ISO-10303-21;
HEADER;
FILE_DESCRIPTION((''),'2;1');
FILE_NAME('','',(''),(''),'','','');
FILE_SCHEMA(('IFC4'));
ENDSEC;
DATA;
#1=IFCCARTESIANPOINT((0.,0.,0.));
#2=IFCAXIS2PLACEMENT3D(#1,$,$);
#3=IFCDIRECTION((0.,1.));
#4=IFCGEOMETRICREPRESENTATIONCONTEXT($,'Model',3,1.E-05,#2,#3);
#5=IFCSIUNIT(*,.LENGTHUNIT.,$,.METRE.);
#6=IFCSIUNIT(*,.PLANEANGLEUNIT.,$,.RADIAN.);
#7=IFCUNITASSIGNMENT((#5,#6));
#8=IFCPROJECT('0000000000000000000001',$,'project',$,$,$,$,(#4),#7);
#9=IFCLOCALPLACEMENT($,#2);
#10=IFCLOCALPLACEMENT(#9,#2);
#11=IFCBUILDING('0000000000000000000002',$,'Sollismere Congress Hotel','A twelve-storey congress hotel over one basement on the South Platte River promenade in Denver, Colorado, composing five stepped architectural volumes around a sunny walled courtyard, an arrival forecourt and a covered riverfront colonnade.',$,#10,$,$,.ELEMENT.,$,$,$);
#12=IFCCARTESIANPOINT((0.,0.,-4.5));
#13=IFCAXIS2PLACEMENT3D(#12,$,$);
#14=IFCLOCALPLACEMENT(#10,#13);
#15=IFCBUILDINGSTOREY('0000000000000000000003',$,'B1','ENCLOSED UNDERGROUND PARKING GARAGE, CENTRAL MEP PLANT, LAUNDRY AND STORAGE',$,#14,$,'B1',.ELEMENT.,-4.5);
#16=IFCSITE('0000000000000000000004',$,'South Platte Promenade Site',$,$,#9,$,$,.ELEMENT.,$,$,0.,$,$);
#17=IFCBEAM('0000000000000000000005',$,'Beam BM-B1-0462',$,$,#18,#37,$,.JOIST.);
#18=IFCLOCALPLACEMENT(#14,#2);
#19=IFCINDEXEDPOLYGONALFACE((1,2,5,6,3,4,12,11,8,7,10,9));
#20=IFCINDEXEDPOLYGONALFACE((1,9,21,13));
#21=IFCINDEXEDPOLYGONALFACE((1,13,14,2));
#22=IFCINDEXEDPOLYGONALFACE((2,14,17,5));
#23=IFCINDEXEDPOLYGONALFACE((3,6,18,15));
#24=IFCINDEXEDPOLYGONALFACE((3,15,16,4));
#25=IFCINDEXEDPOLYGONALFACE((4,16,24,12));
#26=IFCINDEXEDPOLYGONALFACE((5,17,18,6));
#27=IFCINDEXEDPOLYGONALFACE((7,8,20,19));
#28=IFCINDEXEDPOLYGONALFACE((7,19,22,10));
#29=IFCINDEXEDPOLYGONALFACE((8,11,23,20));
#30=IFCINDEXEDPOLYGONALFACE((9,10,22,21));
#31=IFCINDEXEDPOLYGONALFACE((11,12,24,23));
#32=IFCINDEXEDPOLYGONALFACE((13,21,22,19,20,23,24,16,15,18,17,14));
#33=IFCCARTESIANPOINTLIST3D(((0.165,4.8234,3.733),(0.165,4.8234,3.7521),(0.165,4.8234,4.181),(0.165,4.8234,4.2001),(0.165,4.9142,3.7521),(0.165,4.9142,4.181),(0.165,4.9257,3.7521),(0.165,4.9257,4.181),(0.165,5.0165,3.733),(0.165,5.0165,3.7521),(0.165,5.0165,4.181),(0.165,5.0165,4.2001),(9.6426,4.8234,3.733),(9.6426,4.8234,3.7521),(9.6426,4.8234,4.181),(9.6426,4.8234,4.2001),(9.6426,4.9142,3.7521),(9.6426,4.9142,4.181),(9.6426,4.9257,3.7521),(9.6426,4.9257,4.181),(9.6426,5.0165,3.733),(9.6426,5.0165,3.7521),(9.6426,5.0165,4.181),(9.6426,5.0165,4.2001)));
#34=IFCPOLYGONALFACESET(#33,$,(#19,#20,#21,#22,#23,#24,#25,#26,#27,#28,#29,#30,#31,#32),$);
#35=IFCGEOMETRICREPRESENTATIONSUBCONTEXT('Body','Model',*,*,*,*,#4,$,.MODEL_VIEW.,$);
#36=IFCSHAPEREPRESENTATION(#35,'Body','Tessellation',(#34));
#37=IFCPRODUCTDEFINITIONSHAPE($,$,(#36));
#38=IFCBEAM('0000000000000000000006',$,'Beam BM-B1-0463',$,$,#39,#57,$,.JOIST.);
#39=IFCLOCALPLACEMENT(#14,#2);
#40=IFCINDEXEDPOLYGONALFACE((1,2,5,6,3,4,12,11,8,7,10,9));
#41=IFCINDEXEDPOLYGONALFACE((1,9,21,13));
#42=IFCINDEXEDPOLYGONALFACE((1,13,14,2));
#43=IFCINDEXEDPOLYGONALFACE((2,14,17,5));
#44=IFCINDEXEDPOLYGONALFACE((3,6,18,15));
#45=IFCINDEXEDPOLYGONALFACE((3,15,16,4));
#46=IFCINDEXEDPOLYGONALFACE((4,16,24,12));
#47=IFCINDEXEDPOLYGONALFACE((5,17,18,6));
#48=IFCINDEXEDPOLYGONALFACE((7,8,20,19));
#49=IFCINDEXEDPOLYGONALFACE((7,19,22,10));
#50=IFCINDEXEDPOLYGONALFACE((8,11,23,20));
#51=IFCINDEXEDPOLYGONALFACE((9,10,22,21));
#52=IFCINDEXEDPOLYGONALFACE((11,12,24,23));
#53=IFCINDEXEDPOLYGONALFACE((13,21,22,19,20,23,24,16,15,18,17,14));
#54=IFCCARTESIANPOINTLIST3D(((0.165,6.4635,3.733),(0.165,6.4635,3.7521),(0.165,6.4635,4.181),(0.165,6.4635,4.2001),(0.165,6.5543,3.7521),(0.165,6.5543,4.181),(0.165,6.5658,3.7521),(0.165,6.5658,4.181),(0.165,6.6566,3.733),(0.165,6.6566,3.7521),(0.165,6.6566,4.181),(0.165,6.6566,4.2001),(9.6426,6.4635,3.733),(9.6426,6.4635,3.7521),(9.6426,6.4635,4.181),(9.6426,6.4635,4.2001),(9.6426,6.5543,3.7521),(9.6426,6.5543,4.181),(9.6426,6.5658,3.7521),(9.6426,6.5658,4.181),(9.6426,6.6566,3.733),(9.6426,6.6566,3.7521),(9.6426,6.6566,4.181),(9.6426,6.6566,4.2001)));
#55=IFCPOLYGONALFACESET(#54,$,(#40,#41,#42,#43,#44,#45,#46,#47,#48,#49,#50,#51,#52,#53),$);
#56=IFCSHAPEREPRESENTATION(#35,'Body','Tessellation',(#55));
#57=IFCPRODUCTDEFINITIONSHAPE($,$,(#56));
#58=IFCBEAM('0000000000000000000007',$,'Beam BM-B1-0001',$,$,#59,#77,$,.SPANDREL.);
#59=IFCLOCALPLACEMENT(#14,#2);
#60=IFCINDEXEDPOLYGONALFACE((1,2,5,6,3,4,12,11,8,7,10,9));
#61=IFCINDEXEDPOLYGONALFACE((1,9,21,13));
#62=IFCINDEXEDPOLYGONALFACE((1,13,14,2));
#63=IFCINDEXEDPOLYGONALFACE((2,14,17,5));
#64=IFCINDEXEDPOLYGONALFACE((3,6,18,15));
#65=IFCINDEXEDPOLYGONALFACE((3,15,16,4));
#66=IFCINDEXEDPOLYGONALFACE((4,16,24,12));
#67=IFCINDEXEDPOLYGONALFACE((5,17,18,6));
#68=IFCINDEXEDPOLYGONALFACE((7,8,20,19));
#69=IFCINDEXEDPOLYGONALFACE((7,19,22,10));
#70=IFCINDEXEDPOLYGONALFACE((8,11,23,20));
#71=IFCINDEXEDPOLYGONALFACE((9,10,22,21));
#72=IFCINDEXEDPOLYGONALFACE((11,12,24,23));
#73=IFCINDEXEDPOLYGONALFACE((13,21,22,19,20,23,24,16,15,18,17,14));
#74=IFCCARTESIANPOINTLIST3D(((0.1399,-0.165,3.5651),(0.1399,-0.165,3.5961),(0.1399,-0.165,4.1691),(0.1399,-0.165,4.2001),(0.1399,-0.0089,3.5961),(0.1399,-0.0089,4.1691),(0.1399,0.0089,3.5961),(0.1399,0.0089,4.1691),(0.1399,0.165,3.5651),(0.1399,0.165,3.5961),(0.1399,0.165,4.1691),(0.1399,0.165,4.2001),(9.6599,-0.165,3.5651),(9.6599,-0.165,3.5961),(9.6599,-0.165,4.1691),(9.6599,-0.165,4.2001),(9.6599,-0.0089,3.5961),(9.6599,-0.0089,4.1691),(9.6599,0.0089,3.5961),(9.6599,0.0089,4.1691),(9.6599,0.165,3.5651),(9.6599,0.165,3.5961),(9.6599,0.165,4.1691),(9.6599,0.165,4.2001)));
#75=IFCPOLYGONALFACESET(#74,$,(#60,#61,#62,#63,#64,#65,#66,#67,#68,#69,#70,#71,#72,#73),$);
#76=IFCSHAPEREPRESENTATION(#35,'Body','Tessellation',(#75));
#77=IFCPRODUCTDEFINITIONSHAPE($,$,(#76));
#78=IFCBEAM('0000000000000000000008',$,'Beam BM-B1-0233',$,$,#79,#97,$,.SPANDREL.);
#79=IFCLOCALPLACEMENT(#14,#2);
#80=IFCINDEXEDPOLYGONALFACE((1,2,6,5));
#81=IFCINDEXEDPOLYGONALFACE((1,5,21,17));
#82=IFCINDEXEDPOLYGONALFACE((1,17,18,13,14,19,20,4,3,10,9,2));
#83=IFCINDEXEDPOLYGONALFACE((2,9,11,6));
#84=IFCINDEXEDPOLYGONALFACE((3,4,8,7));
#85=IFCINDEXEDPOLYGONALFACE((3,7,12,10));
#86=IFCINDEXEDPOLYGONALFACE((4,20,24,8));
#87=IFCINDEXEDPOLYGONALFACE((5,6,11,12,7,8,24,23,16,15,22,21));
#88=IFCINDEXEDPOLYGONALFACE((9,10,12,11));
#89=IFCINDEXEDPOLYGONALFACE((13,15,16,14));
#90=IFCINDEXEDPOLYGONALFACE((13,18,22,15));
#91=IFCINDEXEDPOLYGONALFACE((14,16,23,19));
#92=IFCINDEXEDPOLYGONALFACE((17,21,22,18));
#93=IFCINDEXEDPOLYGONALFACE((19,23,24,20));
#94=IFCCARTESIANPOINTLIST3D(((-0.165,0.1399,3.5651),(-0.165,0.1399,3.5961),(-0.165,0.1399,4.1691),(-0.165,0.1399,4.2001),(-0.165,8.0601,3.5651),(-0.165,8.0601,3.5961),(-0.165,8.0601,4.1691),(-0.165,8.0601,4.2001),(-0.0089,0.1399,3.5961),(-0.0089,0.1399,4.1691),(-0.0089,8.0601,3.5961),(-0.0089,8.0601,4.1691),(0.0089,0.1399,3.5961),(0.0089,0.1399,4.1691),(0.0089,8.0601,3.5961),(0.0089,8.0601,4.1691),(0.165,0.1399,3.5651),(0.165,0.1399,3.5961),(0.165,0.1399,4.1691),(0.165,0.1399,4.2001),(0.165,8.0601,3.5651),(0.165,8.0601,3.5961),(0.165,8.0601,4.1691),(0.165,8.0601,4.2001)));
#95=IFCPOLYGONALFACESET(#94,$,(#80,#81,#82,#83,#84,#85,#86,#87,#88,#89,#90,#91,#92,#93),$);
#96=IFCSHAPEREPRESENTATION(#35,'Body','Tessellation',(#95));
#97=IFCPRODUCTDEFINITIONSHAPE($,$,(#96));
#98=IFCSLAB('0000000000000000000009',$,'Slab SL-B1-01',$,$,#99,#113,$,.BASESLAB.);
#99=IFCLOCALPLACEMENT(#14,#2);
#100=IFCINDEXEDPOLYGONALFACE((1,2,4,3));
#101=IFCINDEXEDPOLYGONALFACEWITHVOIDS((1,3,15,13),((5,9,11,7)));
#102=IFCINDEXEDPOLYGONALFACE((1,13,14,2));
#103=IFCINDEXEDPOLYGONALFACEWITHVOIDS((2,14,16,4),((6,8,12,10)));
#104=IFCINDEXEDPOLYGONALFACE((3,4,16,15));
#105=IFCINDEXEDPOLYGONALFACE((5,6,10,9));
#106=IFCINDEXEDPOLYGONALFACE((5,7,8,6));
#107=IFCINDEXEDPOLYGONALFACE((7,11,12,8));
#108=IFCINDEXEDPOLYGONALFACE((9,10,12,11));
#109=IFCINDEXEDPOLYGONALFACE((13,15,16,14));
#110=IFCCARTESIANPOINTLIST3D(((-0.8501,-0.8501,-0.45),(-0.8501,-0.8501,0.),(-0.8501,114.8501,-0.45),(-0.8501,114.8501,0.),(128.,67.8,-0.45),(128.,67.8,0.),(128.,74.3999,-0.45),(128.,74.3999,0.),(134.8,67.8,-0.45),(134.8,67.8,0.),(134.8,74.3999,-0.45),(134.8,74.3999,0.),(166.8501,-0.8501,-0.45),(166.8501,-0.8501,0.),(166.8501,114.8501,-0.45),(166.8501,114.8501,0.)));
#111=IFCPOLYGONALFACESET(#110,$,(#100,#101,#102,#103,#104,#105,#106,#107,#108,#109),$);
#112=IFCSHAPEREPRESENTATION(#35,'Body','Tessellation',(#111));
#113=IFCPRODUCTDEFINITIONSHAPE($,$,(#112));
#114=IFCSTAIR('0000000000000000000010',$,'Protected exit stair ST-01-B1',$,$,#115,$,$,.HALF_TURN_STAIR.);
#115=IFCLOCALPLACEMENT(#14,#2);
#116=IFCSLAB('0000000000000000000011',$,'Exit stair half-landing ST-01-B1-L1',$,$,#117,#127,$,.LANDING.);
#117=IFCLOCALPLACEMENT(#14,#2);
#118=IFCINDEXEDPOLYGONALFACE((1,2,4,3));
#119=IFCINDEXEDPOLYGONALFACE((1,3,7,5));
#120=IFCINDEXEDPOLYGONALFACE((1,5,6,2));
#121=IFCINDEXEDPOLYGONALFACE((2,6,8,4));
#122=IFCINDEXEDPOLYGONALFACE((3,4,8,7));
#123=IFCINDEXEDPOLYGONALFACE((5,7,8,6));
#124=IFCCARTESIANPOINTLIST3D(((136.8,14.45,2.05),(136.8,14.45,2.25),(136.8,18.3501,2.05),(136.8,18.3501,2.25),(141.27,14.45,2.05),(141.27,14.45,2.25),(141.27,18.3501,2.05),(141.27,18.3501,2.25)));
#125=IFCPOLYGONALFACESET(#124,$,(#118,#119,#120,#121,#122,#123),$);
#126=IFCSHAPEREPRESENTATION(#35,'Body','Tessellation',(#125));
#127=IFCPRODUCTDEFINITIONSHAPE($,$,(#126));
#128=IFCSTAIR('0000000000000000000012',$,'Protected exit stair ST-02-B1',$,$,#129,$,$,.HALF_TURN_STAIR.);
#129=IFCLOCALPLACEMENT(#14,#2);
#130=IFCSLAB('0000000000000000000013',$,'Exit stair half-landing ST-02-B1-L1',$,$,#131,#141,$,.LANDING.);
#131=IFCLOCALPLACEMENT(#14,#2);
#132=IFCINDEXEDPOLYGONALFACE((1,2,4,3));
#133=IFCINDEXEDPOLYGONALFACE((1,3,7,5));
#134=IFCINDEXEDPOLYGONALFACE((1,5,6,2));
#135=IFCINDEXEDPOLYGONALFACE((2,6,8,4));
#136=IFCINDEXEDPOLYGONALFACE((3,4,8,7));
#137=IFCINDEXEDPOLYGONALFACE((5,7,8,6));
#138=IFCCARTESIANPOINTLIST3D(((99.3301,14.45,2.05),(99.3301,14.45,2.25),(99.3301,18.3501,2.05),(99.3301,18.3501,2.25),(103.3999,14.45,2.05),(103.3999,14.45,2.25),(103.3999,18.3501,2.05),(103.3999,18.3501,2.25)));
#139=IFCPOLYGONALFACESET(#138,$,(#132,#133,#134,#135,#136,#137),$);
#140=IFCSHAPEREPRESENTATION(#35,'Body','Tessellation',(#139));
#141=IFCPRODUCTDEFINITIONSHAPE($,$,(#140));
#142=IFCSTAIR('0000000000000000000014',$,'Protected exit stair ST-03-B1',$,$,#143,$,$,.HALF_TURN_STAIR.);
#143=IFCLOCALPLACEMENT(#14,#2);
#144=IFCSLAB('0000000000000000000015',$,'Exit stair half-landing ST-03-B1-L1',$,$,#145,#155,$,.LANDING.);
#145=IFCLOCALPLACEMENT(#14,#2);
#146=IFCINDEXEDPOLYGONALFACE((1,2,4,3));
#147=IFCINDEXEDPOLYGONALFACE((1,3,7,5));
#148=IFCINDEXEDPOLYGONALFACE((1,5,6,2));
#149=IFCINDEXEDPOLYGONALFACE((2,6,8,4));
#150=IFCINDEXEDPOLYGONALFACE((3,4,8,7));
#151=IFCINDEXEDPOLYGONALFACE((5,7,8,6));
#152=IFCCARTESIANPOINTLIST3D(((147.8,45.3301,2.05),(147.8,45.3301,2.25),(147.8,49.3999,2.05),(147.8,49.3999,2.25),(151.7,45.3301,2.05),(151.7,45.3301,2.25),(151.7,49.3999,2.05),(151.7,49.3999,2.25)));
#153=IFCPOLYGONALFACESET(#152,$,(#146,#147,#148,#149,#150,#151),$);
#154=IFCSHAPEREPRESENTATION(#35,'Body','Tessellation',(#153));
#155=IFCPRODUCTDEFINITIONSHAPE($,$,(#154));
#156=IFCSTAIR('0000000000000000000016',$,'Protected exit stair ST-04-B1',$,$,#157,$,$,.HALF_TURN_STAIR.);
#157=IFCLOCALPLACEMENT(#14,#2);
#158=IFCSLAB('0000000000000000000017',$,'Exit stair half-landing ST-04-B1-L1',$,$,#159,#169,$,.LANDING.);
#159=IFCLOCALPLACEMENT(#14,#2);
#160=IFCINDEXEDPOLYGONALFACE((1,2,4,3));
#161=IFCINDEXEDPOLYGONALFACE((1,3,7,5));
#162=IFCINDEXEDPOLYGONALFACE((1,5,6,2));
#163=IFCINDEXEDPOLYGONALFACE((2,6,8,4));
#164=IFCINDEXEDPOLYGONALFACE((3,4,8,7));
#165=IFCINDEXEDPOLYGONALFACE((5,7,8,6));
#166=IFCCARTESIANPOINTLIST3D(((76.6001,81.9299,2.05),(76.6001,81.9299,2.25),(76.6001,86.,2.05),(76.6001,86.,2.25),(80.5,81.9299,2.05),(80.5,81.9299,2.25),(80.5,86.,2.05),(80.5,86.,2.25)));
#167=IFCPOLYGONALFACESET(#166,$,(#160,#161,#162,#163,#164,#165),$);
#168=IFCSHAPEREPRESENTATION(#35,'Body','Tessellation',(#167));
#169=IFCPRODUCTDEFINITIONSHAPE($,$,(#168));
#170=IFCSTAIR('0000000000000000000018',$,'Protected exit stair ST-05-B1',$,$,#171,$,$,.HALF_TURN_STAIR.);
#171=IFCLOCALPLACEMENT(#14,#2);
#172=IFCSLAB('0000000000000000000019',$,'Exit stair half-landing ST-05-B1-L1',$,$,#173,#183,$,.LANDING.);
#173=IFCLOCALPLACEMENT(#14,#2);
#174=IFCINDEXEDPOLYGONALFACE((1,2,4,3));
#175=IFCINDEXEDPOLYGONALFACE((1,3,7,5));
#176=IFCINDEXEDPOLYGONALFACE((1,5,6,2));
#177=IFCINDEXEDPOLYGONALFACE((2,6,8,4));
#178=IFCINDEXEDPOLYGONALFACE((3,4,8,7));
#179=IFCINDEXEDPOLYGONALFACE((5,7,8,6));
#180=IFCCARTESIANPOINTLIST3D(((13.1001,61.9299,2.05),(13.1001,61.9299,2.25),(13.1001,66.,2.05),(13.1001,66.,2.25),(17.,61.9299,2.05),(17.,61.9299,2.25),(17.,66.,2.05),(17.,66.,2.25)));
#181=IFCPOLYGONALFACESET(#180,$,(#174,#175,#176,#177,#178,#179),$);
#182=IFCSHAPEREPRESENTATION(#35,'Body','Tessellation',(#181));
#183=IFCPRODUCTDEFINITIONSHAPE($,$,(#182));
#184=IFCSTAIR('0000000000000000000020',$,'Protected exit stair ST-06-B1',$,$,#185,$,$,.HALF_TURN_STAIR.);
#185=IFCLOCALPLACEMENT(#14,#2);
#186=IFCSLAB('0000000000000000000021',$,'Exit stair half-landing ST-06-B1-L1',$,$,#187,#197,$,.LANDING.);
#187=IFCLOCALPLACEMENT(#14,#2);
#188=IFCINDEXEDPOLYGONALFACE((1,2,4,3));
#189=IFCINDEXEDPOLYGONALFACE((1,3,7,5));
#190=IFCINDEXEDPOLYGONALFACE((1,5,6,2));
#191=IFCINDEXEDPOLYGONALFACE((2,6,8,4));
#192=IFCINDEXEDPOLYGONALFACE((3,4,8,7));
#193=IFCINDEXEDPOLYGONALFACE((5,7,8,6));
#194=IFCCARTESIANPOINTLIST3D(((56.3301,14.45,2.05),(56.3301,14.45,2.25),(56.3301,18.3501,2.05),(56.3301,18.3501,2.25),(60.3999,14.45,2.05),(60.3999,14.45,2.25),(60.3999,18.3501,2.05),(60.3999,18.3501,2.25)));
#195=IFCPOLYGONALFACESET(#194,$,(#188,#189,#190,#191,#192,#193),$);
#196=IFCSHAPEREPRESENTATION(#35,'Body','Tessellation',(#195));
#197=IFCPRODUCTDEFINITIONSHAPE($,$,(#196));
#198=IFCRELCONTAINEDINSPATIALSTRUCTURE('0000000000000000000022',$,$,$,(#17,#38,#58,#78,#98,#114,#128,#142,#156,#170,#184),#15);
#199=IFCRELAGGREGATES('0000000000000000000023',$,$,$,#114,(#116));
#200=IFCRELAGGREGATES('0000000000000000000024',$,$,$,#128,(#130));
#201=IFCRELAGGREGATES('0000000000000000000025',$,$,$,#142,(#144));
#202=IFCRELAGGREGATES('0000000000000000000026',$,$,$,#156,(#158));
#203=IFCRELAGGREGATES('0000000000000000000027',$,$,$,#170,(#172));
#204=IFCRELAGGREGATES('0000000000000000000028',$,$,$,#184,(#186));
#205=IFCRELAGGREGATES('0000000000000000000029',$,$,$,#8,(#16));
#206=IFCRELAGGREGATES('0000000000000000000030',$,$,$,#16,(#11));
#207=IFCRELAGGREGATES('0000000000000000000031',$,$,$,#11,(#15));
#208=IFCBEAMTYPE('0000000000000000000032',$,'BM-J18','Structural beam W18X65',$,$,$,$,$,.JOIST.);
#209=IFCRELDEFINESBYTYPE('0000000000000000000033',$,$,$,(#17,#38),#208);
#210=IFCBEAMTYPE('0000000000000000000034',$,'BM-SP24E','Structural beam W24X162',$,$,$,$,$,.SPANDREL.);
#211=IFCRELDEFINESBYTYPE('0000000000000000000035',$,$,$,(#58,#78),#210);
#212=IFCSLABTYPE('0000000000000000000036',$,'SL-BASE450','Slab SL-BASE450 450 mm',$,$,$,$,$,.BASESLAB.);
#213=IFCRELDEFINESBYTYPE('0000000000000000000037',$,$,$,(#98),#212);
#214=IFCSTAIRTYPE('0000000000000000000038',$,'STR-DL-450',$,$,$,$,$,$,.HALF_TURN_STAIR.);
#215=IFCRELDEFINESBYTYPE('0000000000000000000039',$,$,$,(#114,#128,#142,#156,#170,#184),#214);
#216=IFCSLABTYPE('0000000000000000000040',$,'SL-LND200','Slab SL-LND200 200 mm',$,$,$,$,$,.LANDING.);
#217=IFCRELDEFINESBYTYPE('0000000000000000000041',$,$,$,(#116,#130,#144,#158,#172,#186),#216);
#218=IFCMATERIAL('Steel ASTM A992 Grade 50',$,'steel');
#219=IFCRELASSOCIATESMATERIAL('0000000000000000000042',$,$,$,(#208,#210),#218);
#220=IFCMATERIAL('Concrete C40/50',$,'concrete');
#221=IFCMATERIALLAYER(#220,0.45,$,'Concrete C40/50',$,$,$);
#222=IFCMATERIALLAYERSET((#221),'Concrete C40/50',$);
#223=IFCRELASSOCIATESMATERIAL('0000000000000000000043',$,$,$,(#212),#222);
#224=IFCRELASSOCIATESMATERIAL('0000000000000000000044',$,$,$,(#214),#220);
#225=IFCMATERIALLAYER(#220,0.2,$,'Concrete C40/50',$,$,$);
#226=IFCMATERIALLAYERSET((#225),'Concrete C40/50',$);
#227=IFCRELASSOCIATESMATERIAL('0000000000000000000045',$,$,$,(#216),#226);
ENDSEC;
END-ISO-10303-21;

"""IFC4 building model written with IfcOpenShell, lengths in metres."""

from ifc_helpers import new_model, si_unit, direction, frame, origin, origin_2d, place, context, subcontext, project, spatial, polyline, i_section, outline, extrude, material, layer, layer_set, material_profile, profile_set, type_object, element, aggregate, save


model = new_model("IFC4")

# Units and contexts
model_context = context("Model", 3, precision=1e-05, world=origin(), true_north=direction((0.0, 1.0)))
body_context = subcontext(model_context, "Body", "Model", "MODEL_VIEW")
ifc_project = project(units=[si_unit("LENGTHUNIT", "METRE"), si_unit("PLANEANGLEUNIT", "RADIAN")], contexts=[model_context])

# Site, building, storey
site_placement = place(None, origin())
site = spatial("IfcSite", under=ifc_project, at=site_placement, Name="South Platte Promenade Site", CompositionType="ELEMENT", RefElevation=0.0)
building_placement = place(site_placement, origin())
building = spatial("IfcBuilding", under=site, at=building_placement, Name="Sollismere Congress Hotel", Description="A twelve-storey congress hotel over one basement on the South Platte River promenade in Denver, Colorado, composing five stepped architectural volumes around a sunny walled courtyard, an arrival forecourt and a covered riverfront colonnade.", CompositionType="ELEMENT")
storey_placement = place(building_placement, frame((0.0, 0.0, -4.5)))
storey = spatial("IfcBuildingStorey", under=building, at=storey_placement, Name="B1", Description="ENCLOSED UNDERGROUND PARKING GARAGE, CENTRAL MEP PLANT, LAUNDRY AND STORAGE", LongName="B1", CompositionType="ELEMENT", Elevation=-4.5)

# Shared definitions
ifc_material_1 = material(Name="Concrete C40/50", Category="concrete")

# Beams
ifc_material_2 = material(Name="Steel ASTM A992 Grade 50", Category="steel")
ifc_material_profile_1 = material_profile(ifc_material_2, i_section(OverallWidth=0.1931, OverallDepth=0.467, WebThickness=0.0115, FlangeThickness=0.019, at=origin_2d()), Name="W18X65")
ifc_profile_set_1 = profile_set([ifc_material_profile_1], Name="Steel ASTM A992 Grade 50")
beam_type_1 = type_object("IfcBeamType", Name="BM-J18", Description="Structural beam W18X65", PredefinedType="JOIST", material=ifc_profile_set_1)
for number, where, z_axis, x_axis, name in (
    (1, (0.165, 4.9199, 3.9666), (1.0, 0.0, 0.0), (0.0, 1.0, 0.0), "Beam BM-B1-0462"),
    (2, (0.165, 6.5601, 3.9666), (1.0, 0.0, 0.0), (0.0, 1.0, 0.0), "Beam BM-B1-0463"),
):
    element("IfcBeam", number, at=place(storey_placement, frame(where, z_axis=z_axis, x_axis=x_axis)), inside=storey, type_object=beam_type_1, Name=name, PredefinedType="JOIST", context=body_context, shape_type="SweptSolid", body=[
        extrude(i_section(OverallWidth=0.1931, OverallDepth=0.467, WebThickness=0.0115, FlangeThickness=0.019, at=origin_2d()), origin(), (0.0, 0.0, 1.0), 9.4775),
    ])
ifc_material_profile_2 = material_profile(ifc_material_2, i_section(OverallWidth=0.3301, OverallDepth=0.635, WebThickness=0.0178, FlangeThickness=0.031, at=origin_2d()), Name="W24X162")
ifc_profile_set_2 = profile_set([ifc_material_profile_2], Name="Steel ASTM A992 Grade 50")
beam_type_2 = type_object("IfcBeamType", Name="BM-SP24E", Description="Structural beam W24X162", PredefinedType="SPANDREL", material=ifc_profile_set_2)
beam_1_placement = place(storey_placement, frame((0.1399, 0.0, 3.8826), z_axis=(1.0, 0.0, 0.0), x_axis=(0.0, 1.0, 0.0)))
element("IfcBeam", 3, at=beam_1_placement, inside=storey, type_object=beam_type_2, Name="Beam BM-B1-0001", PredefinedType="SPANDREL", context=body_context, shape_type="SweptSolid", body=[
    extrude(i_section(OverallWidth=0.3301, OverallDepth=0.635, WebThickness=0.0178, FlangeThickness=0.031, at=origin_2d()), origin(), (0.0, 0.0, 1.0), 9.52),
])
beam_2_placement = place(storey_placement, frame((0.0, 0.1399, 3.8826), z_axis=(0.0, 1.0, 0.0), x_axis=(-1.0, 0.0, 0.0)))
element("IfcBeam", 4, at=beam_2_placement, inside=storey, type_object=beam_type_2, Name="Beam BM-B1-0233", PredefinedType="SPANDREL", context=body_context, shape_type="SweptSolid", body=[
    extrude(i_section(OverallWidth=0.3301, OverallDepth=0.635, WebThickness=0.0178, FlangeThickness=0.031, at=origin_2d()), origin(), (0.0, 0.0, 1.0), 7.9202),
])

# Slab
ifc_layer_1 = layer(ifc_material_1, 0.45, Name="Concrete C40/50")
ifc_layer_set_1 = layer_set([ifc_layer_1], Name="Concrete C40/50")
slab_type_1 = type_object("IfcSlabType", Name="SL-BASE450", Description="Slab SL-BASE450 450 mm", PredefinedType="BASESLAB", material=ifc_layer_set_1)
slab_1_placement = place(storey_placement, frame((0.0, 0.0, -0.45)))
element("IfcSlab", 5, at=slab_1_placement, inside=storey, type_object=slab_type_1, Name="Slab SL-B1-01", PredefinedType="BASESLAB", context=body_context, shape_type="SweptSolid", body=[
    extrude(outline(polyline([(166.8501, -0.8501), (166.8501, 114.8501), (-0.8501, 114.8501), (-0.8501, -0.8501), (166.8501, -0.8501)]), holes=[polyline([(134.8, 67.8), (128.0, 67.8), (128.0, 74.3999), (134.8, 74.3999), (134.8, 67.8)])]), origin(), (0.0, 0.0, 1.0), 0.45),
])

# Stairs, slabs
stair_type = type_object("IfcStairType", Name="STR-DL-450", PredefinedType="HALF_TURN_STAIR", material=ifc_material_1)
stair_1_placement = place(storey_placement, origin())
stair_1 = element("IfcStair", 6, at=stair_1_placement, inside=storey, type_object=stair_type, Name="Protected exit stair ST-01-B1", PredefinedType="HALF_TURN_STAIR")
ifc_layer_2 = layer(ifc_material_1, 0.2, Name="Concrete C40/50")
ifc_layer_set_2 = layer_set([ifc_layer_2], Name="Concrete C40/50")
slab_type_2 = type_object("IfcSlabType", Name="SL-LND200", Description="Slab SL-LND200 200 mm", PredefinedType="LANDING", material=ifc_layer_set_2)
slab_2_placement = place(storey_placement, frame((0.0, 0.0, 2.05)))
slab_2 = element("IfcSlab", 7, at=slab_2_placement, type_object=slab_type_2, Name="Exit stair half-landing ST-01-B1-L1", PredefinedType="LANDING", context=body_context, shape_type="SweptSolid", body=[
    extrude(outline(polyline([(141.27, 18.3501), (136.8, 18.3501), (136.8, 14.45), (141.27, 14.45), (141.27, 18.3501)])), origin(), (0.0, 0.0, 1.0), 0.2),
])
aggregate(stair_1, [slab_2])
stair_2_placement = place(storey_placement, origin())
stair_2 = element("IfcStair", 8, at=stair_2_placement, inside=storey, type_object=stair_type, Name="Protected exit stair ST-02-B1", PredefinedType="HALF_TURN_STAIR")
slab_3_placement = place(storey_placement, frame((0.0, 0.0, 2.05)))
slab_3 = element("IfcSlab", 9, at=slab_3_placement, type_object=slab_type_2, Name="Exit stair half-landing ST-02-B1-L1", PredefinedType="LANDING", context=body_context, shape_type="SweptSolid", body=[
    extrude(outline(polyline([(99.3301, 14.45), (103.3999, 14.45), (103.3999, 18.3501), (99.3301, 18.3501), (99.3301, 14.45)])), origin(), (0.0, 0.0, 1.0), 0.2),
])
aggregate(stair_2, [slab_3])
stair_3_placement = place(storey_placement, origin())
stair_3 = element("IfcStair", 10, at=stair_3_placement, inside=storey, type_object=stair_type, Name="Protected exit stair ST-03-B1", PredefinedType="HALF_TURN_STAIR")
slab_4_placement = place(storey_placement, frame((0.0, 0.0, 2.05)))
slab_4 = element("IfcSlab", 11, at=slab_4_placement, type_object=slab_type_2, Name="Exit stair half-landing ST-03-B1-L1", PredefinedType="LANDING", context=body_context, shape_type="SweptSolid", body=[
    extrude(outline(polyline([(151.7, 45.3301), (151.7, 49.3999), (147.8, 49.3999), (147.8, 45.3301), (151.7, 45.3301)])), origin(), (0.0, 0.0, 1.0), 0.2),
])
aggregate(stair_3, [slab_4])
stair_4_placement = place(storey_placement, origin())
stair_4 = element("IfcStair", 12, at=stair_4_placement, inside=storey, type_object=stair_type, Name="Protected exit stair ST-04-B1", PredefinedType="HALF_TURN_STAIR")
slab_5_placement = place(storey_placement, frame((0.0, 0.0, 2.05)))
slab_5 = element("IfcSlab", 13, at=slab_5_placement, type_object=slab_type_2, Name="Exit stair half-landing ST-04-B1-L1", PredefinedType="LANDING", context=body_context, shape_type="SweptSolid", body=[
    extrude(outline(polyline([(80.5, 81.9299), (80.5, 86.0), (76.6001, 86.0), (76.6001, 81.9299), (80.5, 81.9299)])), origin(), (0.0, 0.0, 1.0), 0.2),
])
aggregate(stair_4, [slab_5])
stair_5_placement = place(storey_placement, origin())
stair_5 = element("IfcStair", 14, at=stair_5_placement, inside=storey, type_object=stair_type, Name="Protected exit stair ST-05-B1", PredefinedType="HALF_TURN_STAIR")
slab_6_placement = place(storey_placement, frame((0.0, 0.0, 2.05)))
slab_6 = element("IfcSlab", 15, at=slab_6_placement, type_object=slab_type_2, Name="Exit stair half-landing ST-05-B1-L1", PredefinedType="LANDING", context=body_context, shape_type="SweptSolid", body=[
    extrude(outline(polyline([(17.0, 61.9299), (17.0, 66.0), (13.1001, 66.0), (13.1001, 61.9299), (17.0, 61.9299)])), origin(), (0.0, 0.0, 1.0), 0.2),
])
aggregate(stair_5, [slab_6])
stair_6_placement = place(storey_placement, origin())
stair_6 = element("IfcStair", 16, at=stair_6_placement, inside=storey, type_object=stair_type, Name="Protected exit stair ST-06-B1", PredefinedType="HALF_TURN_STAIR")
slab_7_placement = place(storey_placement, frame((0.0, 0.0, 2.05)))
slab_7 = element("IfcSlab", 17, at=slab_7_placement, type_object=slab_type_2, Name="Exit stair half-landing ST-06-B1-L1", PredefinedType="LANDING", context=body_context, shape_type="SweptSolid", body=[
    extrude(outline(polyline([(56.3301, 14.45), (60.3999, 14.45), (60.3999, 18.3501), (56.3301, 18.3501), (56.3301, 14.45)])), origin(), (0.0, 0.0, 1.0), 0.2),
])
aggregate(stair_6, [slab_7])

save(model, "model.ifc")
